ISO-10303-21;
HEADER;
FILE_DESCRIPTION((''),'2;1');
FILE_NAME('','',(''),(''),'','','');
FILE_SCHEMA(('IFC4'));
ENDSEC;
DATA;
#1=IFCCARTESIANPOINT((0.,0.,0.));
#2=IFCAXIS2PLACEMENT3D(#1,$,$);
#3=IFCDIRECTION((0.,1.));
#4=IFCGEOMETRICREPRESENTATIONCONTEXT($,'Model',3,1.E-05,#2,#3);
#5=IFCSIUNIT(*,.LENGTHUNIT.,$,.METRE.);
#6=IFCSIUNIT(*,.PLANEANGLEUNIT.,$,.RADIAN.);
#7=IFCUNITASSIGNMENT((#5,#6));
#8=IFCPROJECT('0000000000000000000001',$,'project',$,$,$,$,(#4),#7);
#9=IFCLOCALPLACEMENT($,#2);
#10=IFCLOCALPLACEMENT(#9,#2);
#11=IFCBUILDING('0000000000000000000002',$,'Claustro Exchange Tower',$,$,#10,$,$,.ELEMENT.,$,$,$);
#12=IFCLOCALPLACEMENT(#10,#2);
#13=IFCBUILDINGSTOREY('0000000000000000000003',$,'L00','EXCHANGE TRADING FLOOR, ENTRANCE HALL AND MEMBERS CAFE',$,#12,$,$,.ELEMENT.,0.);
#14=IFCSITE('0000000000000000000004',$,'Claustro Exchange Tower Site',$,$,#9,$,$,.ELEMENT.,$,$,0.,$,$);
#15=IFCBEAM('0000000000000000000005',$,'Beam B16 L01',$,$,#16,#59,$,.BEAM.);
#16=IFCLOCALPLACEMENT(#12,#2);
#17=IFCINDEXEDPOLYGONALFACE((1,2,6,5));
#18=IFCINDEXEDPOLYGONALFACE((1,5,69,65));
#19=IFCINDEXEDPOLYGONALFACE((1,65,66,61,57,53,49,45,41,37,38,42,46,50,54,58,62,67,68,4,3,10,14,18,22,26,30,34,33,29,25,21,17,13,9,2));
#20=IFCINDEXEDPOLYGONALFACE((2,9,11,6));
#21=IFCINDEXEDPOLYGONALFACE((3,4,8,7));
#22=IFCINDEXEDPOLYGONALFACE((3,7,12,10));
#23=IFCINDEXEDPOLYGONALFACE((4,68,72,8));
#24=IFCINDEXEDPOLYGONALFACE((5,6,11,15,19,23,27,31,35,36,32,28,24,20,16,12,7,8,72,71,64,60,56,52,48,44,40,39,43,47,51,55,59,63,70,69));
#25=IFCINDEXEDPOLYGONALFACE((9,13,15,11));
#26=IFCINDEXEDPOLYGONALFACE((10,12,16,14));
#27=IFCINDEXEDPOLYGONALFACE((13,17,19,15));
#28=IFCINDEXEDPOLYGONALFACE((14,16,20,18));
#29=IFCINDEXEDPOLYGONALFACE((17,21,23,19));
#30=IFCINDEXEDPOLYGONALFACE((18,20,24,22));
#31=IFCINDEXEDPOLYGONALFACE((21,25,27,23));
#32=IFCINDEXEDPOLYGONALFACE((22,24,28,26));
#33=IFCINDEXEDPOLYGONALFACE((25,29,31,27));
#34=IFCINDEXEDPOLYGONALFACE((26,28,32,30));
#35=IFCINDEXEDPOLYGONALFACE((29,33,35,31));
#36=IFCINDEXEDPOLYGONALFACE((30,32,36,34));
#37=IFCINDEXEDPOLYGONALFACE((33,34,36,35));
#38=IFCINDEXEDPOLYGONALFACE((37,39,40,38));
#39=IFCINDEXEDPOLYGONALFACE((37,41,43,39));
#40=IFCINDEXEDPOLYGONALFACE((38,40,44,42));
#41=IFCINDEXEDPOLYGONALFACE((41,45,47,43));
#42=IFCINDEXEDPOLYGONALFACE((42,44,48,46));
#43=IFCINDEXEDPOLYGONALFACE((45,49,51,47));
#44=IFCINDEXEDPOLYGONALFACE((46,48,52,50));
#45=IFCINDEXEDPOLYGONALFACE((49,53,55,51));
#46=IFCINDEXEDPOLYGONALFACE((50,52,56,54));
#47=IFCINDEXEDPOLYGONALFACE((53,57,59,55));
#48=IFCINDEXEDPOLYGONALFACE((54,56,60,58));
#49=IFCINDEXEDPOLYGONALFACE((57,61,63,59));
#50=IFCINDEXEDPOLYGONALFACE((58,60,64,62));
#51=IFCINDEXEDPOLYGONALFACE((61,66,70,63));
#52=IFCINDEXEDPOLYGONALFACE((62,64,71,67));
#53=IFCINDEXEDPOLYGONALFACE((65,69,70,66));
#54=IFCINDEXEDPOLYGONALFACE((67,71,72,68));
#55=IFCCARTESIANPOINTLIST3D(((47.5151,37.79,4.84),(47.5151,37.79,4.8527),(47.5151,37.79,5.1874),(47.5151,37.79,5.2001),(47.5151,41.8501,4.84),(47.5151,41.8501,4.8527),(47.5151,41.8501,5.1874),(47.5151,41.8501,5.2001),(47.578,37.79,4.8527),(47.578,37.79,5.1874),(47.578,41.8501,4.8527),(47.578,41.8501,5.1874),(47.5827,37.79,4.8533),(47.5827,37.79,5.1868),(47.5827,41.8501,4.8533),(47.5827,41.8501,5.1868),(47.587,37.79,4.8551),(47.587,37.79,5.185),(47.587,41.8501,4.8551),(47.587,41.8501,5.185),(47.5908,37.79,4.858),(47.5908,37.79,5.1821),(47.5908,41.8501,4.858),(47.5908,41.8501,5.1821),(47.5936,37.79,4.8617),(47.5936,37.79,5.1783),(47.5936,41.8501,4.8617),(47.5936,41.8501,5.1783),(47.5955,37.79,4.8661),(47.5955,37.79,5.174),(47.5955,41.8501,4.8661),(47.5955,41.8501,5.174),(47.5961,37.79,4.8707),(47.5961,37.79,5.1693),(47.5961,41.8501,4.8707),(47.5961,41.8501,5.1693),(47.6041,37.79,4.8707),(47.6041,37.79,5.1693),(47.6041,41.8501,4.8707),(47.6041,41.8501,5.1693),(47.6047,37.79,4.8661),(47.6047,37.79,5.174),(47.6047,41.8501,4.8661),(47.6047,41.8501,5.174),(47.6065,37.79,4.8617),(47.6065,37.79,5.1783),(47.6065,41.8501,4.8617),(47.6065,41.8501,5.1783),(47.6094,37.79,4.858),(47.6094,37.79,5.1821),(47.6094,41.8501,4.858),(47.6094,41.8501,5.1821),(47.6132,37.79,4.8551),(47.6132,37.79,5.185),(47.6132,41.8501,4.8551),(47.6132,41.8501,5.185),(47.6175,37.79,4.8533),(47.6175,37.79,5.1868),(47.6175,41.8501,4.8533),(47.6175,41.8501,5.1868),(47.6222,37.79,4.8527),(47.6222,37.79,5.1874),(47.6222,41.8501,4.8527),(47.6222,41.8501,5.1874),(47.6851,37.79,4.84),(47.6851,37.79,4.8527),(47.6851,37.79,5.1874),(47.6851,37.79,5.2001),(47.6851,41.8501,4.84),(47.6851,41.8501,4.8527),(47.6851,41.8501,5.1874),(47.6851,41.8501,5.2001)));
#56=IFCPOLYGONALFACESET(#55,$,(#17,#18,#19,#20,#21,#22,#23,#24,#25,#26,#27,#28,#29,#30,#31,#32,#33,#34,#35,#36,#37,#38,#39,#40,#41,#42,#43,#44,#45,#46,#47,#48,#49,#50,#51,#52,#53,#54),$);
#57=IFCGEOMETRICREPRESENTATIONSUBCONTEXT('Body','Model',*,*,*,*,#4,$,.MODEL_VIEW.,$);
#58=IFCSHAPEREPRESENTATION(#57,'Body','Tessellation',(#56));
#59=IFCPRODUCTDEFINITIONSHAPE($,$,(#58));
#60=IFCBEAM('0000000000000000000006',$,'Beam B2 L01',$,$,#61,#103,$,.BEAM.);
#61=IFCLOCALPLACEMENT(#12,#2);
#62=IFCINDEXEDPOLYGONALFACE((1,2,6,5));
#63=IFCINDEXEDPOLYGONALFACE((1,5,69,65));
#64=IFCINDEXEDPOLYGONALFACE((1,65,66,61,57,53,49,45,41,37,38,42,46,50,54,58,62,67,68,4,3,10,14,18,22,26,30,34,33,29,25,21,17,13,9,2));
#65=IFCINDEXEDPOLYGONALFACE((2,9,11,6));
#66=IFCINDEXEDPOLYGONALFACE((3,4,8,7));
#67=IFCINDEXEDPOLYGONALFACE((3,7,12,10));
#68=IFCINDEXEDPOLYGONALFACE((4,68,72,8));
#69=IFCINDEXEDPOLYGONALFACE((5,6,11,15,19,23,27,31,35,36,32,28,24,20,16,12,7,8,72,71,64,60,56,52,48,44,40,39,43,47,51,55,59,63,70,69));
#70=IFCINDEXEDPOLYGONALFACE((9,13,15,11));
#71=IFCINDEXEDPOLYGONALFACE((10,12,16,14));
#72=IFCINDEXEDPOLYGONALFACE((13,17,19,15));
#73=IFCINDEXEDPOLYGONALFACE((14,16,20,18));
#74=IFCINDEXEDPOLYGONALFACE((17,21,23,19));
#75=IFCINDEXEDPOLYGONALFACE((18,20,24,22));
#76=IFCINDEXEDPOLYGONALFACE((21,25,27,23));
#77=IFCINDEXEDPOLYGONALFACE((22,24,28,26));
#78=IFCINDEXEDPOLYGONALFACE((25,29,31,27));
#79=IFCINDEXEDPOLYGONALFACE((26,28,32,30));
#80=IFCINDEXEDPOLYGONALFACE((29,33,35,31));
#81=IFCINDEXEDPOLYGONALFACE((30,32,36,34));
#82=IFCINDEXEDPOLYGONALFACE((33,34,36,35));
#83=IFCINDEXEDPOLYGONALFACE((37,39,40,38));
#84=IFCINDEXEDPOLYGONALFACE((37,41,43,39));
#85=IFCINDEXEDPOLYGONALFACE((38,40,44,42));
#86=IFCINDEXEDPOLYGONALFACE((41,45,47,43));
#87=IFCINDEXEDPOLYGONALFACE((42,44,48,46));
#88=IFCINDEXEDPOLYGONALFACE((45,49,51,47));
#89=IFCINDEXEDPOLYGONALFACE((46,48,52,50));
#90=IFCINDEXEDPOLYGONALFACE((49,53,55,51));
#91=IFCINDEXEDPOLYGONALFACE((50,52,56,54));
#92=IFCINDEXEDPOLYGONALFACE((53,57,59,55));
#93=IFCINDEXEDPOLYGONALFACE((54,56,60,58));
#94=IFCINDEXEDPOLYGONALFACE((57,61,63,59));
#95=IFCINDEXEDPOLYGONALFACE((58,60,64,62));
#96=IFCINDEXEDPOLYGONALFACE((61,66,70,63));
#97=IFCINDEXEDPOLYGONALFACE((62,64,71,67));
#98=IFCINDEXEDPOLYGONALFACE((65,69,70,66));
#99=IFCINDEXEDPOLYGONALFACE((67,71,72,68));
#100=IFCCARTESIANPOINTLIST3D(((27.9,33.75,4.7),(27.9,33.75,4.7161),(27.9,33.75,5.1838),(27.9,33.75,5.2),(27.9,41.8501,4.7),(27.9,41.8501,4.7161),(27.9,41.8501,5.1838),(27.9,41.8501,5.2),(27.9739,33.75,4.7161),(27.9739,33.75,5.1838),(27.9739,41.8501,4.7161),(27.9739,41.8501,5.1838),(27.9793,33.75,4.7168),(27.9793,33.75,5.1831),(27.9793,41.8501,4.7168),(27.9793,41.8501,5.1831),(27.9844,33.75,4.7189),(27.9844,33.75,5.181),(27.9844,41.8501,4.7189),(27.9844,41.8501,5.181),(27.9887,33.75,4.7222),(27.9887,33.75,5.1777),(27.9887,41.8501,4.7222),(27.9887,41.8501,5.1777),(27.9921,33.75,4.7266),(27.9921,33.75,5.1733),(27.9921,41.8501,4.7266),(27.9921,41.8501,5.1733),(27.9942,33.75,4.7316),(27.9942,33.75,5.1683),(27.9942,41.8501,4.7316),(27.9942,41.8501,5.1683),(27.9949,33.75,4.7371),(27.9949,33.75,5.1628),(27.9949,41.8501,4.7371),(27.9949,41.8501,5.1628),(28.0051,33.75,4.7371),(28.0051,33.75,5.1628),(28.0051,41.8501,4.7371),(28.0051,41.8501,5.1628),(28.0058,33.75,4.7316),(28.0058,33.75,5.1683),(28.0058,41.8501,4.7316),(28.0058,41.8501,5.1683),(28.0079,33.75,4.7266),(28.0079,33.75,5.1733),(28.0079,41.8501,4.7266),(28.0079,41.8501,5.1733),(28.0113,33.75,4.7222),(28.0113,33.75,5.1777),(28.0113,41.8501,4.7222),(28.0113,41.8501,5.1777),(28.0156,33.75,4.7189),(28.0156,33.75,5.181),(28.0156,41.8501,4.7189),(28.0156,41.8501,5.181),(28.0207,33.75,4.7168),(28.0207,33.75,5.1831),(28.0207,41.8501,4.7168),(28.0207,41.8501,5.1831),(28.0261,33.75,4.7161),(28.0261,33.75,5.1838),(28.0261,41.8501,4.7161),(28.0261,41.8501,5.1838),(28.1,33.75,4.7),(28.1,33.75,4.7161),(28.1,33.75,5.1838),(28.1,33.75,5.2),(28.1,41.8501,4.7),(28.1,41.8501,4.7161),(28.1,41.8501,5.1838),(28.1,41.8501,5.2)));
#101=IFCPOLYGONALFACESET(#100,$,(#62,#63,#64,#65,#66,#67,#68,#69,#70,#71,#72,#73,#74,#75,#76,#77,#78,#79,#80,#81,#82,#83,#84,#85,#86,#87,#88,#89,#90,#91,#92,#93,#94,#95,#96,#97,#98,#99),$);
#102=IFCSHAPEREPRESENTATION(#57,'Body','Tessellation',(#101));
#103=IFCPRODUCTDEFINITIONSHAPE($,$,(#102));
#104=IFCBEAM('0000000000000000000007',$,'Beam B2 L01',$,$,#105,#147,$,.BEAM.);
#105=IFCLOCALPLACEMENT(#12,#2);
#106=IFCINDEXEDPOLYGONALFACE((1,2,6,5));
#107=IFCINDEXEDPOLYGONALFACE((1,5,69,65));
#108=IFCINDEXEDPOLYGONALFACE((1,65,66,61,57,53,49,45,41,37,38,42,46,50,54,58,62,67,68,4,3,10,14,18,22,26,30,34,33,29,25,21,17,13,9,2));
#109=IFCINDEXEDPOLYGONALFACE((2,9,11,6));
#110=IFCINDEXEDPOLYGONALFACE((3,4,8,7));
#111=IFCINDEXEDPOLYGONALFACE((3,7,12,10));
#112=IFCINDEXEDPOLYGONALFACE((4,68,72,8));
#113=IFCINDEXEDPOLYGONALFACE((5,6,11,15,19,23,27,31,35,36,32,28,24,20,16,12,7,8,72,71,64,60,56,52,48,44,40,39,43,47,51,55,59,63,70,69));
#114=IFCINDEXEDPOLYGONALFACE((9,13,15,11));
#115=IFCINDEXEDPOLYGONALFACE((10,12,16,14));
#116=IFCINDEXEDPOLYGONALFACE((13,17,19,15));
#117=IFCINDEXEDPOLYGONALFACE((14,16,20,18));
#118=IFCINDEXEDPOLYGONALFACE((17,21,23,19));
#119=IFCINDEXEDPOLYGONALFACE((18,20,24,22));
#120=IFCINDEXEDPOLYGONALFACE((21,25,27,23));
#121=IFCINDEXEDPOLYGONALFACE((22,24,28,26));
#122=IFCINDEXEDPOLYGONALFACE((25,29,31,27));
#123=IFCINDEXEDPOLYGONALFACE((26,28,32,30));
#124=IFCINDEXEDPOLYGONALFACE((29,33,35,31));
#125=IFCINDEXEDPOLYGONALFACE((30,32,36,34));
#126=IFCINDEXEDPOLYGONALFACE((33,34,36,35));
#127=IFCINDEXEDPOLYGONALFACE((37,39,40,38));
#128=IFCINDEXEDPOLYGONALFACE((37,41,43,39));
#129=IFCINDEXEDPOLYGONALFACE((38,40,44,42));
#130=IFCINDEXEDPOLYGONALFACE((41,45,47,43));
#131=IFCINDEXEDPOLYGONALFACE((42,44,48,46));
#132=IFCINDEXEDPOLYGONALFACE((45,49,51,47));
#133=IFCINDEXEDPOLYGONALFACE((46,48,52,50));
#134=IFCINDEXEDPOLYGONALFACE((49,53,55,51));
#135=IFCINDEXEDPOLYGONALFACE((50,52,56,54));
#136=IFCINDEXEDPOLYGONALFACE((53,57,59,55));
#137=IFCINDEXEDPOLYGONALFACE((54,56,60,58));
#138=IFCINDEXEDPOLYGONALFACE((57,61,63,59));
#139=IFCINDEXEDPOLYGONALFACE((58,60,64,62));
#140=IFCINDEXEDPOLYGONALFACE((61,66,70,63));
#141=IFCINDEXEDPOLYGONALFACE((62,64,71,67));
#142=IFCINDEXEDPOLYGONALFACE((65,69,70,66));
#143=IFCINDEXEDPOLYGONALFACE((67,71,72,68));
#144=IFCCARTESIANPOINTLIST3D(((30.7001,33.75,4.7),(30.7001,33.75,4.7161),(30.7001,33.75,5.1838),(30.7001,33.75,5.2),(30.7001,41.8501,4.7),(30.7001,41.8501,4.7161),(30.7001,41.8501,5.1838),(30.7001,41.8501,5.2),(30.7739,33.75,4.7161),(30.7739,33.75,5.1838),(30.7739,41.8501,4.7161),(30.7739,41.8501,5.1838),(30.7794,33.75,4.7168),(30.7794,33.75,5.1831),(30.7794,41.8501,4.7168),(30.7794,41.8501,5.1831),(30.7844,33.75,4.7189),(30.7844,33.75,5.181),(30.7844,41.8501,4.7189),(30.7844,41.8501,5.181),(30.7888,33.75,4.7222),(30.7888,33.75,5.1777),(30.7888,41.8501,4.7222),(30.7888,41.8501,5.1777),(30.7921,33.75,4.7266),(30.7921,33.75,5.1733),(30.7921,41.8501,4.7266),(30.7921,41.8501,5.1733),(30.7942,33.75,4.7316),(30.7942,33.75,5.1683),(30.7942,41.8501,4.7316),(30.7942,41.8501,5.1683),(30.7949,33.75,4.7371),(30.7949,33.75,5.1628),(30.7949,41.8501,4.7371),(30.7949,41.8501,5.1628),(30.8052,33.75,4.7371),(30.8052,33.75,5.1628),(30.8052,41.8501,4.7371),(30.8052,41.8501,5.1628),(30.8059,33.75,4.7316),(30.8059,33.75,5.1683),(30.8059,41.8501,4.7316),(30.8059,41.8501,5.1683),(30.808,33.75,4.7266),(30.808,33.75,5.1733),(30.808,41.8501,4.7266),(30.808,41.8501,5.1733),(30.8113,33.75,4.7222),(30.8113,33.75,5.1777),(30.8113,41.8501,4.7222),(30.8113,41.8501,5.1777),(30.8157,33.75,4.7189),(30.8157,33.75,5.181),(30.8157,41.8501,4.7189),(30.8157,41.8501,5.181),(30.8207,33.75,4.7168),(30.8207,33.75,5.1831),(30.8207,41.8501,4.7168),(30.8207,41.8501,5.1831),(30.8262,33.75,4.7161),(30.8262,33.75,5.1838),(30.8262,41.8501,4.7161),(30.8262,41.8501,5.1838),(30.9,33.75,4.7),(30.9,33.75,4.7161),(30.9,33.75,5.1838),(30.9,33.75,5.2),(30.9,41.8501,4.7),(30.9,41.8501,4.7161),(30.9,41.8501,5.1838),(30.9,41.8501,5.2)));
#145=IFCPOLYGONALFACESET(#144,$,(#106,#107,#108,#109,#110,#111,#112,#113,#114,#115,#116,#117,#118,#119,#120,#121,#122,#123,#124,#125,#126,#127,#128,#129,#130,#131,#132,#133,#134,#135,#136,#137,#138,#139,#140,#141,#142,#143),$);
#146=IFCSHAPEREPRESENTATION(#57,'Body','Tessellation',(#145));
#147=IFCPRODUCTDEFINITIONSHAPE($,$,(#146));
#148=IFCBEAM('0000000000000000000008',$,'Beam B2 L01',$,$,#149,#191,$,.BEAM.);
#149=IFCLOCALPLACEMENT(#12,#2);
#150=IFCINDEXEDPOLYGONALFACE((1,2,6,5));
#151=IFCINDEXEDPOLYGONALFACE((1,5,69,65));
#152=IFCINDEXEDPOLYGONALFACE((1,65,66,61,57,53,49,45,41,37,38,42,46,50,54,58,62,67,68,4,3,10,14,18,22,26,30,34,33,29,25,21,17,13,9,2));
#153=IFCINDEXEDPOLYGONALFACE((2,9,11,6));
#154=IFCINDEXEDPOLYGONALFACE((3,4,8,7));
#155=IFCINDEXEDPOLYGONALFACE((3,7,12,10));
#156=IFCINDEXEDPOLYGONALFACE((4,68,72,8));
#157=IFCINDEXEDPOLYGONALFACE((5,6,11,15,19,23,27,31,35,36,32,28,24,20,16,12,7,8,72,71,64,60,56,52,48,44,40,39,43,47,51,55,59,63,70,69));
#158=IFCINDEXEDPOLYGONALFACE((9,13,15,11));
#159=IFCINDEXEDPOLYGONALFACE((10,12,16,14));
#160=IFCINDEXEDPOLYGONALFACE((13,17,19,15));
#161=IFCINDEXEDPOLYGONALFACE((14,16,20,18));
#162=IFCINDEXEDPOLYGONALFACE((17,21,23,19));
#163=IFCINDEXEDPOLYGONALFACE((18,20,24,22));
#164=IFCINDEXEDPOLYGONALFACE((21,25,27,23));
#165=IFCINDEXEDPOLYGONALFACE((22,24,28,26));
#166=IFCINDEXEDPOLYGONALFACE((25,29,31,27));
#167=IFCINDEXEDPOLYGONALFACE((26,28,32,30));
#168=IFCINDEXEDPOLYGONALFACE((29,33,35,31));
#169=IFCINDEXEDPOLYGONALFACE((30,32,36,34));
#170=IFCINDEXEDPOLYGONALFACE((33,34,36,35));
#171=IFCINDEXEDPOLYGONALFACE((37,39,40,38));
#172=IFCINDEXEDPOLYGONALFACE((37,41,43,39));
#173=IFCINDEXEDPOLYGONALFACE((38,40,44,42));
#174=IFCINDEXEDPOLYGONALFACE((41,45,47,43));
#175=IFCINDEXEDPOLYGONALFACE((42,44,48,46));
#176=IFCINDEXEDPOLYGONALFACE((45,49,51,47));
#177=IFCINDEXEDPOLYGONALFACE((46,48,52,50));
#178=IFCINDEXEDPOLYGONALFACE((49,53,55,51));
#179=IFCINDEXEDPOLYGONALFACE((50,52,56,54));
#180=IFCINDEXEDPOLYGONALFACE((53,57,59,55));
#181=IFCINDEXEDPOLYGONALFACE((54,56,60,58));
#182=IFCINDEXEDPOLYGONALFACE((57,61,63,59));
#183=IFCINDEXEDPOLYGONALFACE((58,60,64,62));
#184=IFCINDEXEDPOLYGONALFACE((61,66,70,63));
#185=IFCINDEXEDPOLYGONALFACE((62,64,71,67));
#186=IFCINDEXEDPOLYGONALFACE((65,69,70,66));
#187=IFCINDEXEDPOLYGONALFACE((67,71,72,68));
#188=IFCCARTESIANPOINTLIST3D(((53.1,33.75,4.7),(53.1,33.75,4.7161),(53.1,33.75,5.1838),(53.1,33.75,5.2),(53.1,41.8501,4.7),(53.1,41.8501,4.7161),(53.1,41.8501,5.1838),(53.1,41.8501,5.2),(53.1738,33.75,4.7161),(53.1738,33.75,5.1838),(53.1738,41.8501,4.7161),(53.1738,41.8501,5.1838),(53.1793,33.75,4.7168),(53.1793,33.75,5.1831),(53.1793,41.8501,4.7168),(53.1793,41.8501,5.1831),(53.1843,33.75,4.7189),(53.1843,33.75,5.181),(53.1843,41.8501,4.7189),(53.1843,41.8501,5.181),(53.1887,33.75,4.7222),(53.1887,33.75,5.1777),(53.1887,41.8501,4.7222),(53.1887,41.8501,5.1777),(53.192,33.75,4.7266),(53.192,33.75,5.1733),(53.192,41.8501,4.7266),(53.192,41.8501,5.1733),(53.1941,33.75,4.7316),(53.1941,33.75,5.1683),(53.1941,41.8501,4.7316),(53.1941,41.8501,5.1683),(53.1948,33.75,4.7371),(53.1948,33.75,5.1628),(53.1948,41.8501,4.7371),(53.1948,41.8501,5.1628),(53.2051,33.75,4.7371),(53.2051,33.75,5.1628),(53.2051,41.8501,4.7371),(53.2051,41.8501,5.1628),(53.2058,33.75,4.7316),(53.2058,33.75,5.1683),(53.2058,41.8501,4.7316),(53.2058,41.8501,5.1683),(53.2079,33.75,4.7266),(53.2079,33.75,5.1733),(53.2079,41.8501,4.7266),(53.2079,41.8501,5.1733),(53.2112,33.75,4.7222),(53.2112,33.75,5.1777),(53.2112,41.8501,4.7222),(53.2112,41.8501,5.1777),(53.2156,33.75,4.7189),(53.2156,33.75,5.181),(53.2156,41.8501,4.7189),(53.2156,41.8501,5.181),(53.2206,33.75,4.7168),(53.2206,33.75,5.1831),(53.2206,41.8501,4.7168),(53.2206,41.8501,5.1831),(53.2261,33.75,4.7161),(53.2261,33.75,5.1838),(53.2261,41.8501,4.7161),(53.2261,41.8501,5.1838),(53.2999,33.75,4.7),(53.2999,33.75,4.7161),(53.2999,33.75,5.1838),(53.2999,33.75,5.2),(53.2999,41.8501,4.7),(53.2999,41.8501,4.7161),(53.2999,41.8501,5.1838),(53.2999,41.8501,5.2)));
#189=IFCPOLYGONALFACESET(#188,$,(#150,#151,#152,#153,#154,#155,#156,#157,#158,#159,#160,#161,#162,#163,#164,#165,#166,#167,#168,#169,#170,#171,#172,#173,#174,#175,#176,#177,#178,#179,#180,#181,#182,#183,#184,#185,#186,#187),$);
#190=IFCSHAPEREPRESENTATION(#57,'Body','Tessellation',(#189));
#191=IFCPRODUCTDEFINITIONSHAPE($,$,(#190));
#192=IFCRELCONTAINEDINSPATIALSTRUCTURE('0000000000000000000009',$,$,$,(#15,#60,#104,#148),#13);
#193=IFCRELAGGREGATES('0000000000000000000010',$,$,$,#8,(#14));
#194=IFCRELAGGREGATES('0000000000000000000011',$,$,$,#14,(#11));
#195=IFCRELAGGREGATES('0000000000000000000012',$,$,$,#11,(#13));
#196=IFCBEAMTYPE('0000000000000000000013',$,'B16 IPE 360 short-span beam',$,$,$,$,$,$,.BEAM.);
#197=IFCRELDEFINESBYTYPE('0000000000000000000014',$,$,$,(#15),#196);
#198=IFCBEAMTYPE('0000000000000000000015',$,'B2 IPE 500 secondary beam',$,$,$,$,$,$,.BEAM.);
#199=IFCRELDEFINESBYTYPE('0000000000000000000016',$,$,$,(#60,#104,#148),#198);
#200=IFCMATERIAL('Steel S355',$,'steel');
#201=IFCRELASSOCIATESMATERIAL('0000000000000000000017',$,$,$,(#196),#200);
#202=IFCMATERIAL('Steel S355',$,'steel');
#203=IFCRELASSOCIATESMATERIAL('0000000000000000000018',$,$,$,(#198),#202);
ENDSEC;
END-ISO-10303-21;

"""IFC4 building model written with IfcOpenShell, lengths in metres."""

from ifc_helpers import new_model, si_unit, direction, frame, origin, origin_2d, place, context, subcontext, project, spatial, i_section, extrude, material, material_profile, profile_set, type_object, element, save


model = new_model("IFC4")

# Units and contexts
model_context = context("Model", 3, precision=1e-05, world=origin(), true_north=direction((0.0, 1.0)))
body_context = subcontext(model_context, "Body", "Model", "MODEL_VIEW")
ifc_project = project(units=[si_unit("LENGTHUNIT", "METRE"), si_unit("PLANEANGLEUNIT", "RADIAN")], contexts=[model_context])

# Site, building, storey
site_placement = place(None, origin())
site = spatial("IfcSite", under=ifc_project, at=site_placement, Name="Claustro Exchange Tower Site", CompositionType="ELEMENT", RefElevation=0.0)
building_placement = place(site_placement, origin())
building = spatial("IfcBuilding", under=site, at=building_placement, Name="Claustro Exchange Tower", CompositionType="ELEMENT")
storey_placement = place(building_placement, origin())
storey = spatial("IfcBuildingStorey", under=building, at=storey_placement, Name="L00", Description="EXCHANGE TRADING FLOOR, ENTRANCE HALL AND MEMBERS CAFE", CompositionType="ELEMENT", Elevation=0.0)

# Beams
ifc_material_1 = material(Name="Steel S355", Category="steel")
ifc_material_profile_1 = material_profile(ifc_material_1, i_section(OverallWidth=0.1699, OverallDepth=0.3601, WebThickness=0.0081, FlangeThickness=0.0127, FilletRadius=0.0181, at=origin_2d()), Name="IPE 360")
ifc_profile_set_1 = profile_set([ifc_material_profile_1], Name="Steel S355")
beam_type_1 = type_object("IfcBeamType", Name="B16 IPE 360 short-span beam", PredefinedType="BEAM", material=ifc_profile_set_1)
for number, where, z_axis, x_axis, name in (
    (1, (47.6001, 37.79, 5.02), (0.0, 1.0, 0.0), (-1.0, 0.0, 0.0), "Beam B16 L01"),
):
    element("IfcBeam", number, at=place(storey_placement, frame(where, z_axis=z_axis, x_axis=x_axis)), inside=storey, type_object=beam_type_1, Name=name, PredefinedType="BEAM", context=body_context, shape_type="SweptSolid", body=[
        extrude(i_section(OverallWidth=0.1699, OverallDepth=0.3601, WebThickness=0.0081, FlangeThickness=0.0127, FilletRadius=0.0181, at=origin_2d()), origin(), (0.0, 0.0, 1.0), 4.0601),
    ])
ifc_material_2 = material(Name="Steel S355", Category="steel")
ifc_material_profile_2 = material_profile(ifc_material_2, i_section(OverallWidth=0.2, OverallDepth=0.5, WebThickness=0.0103, FlangeThickness=0.0161, FilletRadius=0.021, at=origin_2d()), Name="IPE 500")
ifc_profile_set_2 = profile_set([ifc_material_profile_2], Name="Steel S355")
beam_type_2 = type_object("IfcBeamType", Name="B2 IPE 500 secondary beam", PredefinedType="BEAM", material=ifc_profile_set_2)
for number, where, z_axis, x_axis, name in (
    (2, (28.0, 33.75, 4.95), (0.0, 1.0, 0.0), (-1.0, 0.0, 0.0), "Beam B2 L01"),
    (3, (30.8, 33.75, 4.95), (0.0, 1.0, 0.0), (-1.0, 0.0, 0.0), "Beam B2 L01"),
    (4, (53.2, 33.75, 4.95), (0.0, 1.0, 0.0), (-1.0, 0.0, 0.0), "Beam B2 L01"),
):
    element("IfcBeam", number, at=place(storey_placement, frame(where, z_axis=z_axis, x_axis=x_axis)), inside=storey, type_object=beam_type_2, Name=name, PredefinedType="BEAM", context=body_context, shape_type="SweptSolid", body=[
        extrude(i_section(OverallWidth=0.2, OverallDepth=0.5, WebThickness=0.0103, FlangeThickness=0.0161, FilletRadius=0.021, at=origin_2d()), origin(), (0.0, 0.0, 1.0), 8.1001),
    ])

save(model, "model.ifc")
